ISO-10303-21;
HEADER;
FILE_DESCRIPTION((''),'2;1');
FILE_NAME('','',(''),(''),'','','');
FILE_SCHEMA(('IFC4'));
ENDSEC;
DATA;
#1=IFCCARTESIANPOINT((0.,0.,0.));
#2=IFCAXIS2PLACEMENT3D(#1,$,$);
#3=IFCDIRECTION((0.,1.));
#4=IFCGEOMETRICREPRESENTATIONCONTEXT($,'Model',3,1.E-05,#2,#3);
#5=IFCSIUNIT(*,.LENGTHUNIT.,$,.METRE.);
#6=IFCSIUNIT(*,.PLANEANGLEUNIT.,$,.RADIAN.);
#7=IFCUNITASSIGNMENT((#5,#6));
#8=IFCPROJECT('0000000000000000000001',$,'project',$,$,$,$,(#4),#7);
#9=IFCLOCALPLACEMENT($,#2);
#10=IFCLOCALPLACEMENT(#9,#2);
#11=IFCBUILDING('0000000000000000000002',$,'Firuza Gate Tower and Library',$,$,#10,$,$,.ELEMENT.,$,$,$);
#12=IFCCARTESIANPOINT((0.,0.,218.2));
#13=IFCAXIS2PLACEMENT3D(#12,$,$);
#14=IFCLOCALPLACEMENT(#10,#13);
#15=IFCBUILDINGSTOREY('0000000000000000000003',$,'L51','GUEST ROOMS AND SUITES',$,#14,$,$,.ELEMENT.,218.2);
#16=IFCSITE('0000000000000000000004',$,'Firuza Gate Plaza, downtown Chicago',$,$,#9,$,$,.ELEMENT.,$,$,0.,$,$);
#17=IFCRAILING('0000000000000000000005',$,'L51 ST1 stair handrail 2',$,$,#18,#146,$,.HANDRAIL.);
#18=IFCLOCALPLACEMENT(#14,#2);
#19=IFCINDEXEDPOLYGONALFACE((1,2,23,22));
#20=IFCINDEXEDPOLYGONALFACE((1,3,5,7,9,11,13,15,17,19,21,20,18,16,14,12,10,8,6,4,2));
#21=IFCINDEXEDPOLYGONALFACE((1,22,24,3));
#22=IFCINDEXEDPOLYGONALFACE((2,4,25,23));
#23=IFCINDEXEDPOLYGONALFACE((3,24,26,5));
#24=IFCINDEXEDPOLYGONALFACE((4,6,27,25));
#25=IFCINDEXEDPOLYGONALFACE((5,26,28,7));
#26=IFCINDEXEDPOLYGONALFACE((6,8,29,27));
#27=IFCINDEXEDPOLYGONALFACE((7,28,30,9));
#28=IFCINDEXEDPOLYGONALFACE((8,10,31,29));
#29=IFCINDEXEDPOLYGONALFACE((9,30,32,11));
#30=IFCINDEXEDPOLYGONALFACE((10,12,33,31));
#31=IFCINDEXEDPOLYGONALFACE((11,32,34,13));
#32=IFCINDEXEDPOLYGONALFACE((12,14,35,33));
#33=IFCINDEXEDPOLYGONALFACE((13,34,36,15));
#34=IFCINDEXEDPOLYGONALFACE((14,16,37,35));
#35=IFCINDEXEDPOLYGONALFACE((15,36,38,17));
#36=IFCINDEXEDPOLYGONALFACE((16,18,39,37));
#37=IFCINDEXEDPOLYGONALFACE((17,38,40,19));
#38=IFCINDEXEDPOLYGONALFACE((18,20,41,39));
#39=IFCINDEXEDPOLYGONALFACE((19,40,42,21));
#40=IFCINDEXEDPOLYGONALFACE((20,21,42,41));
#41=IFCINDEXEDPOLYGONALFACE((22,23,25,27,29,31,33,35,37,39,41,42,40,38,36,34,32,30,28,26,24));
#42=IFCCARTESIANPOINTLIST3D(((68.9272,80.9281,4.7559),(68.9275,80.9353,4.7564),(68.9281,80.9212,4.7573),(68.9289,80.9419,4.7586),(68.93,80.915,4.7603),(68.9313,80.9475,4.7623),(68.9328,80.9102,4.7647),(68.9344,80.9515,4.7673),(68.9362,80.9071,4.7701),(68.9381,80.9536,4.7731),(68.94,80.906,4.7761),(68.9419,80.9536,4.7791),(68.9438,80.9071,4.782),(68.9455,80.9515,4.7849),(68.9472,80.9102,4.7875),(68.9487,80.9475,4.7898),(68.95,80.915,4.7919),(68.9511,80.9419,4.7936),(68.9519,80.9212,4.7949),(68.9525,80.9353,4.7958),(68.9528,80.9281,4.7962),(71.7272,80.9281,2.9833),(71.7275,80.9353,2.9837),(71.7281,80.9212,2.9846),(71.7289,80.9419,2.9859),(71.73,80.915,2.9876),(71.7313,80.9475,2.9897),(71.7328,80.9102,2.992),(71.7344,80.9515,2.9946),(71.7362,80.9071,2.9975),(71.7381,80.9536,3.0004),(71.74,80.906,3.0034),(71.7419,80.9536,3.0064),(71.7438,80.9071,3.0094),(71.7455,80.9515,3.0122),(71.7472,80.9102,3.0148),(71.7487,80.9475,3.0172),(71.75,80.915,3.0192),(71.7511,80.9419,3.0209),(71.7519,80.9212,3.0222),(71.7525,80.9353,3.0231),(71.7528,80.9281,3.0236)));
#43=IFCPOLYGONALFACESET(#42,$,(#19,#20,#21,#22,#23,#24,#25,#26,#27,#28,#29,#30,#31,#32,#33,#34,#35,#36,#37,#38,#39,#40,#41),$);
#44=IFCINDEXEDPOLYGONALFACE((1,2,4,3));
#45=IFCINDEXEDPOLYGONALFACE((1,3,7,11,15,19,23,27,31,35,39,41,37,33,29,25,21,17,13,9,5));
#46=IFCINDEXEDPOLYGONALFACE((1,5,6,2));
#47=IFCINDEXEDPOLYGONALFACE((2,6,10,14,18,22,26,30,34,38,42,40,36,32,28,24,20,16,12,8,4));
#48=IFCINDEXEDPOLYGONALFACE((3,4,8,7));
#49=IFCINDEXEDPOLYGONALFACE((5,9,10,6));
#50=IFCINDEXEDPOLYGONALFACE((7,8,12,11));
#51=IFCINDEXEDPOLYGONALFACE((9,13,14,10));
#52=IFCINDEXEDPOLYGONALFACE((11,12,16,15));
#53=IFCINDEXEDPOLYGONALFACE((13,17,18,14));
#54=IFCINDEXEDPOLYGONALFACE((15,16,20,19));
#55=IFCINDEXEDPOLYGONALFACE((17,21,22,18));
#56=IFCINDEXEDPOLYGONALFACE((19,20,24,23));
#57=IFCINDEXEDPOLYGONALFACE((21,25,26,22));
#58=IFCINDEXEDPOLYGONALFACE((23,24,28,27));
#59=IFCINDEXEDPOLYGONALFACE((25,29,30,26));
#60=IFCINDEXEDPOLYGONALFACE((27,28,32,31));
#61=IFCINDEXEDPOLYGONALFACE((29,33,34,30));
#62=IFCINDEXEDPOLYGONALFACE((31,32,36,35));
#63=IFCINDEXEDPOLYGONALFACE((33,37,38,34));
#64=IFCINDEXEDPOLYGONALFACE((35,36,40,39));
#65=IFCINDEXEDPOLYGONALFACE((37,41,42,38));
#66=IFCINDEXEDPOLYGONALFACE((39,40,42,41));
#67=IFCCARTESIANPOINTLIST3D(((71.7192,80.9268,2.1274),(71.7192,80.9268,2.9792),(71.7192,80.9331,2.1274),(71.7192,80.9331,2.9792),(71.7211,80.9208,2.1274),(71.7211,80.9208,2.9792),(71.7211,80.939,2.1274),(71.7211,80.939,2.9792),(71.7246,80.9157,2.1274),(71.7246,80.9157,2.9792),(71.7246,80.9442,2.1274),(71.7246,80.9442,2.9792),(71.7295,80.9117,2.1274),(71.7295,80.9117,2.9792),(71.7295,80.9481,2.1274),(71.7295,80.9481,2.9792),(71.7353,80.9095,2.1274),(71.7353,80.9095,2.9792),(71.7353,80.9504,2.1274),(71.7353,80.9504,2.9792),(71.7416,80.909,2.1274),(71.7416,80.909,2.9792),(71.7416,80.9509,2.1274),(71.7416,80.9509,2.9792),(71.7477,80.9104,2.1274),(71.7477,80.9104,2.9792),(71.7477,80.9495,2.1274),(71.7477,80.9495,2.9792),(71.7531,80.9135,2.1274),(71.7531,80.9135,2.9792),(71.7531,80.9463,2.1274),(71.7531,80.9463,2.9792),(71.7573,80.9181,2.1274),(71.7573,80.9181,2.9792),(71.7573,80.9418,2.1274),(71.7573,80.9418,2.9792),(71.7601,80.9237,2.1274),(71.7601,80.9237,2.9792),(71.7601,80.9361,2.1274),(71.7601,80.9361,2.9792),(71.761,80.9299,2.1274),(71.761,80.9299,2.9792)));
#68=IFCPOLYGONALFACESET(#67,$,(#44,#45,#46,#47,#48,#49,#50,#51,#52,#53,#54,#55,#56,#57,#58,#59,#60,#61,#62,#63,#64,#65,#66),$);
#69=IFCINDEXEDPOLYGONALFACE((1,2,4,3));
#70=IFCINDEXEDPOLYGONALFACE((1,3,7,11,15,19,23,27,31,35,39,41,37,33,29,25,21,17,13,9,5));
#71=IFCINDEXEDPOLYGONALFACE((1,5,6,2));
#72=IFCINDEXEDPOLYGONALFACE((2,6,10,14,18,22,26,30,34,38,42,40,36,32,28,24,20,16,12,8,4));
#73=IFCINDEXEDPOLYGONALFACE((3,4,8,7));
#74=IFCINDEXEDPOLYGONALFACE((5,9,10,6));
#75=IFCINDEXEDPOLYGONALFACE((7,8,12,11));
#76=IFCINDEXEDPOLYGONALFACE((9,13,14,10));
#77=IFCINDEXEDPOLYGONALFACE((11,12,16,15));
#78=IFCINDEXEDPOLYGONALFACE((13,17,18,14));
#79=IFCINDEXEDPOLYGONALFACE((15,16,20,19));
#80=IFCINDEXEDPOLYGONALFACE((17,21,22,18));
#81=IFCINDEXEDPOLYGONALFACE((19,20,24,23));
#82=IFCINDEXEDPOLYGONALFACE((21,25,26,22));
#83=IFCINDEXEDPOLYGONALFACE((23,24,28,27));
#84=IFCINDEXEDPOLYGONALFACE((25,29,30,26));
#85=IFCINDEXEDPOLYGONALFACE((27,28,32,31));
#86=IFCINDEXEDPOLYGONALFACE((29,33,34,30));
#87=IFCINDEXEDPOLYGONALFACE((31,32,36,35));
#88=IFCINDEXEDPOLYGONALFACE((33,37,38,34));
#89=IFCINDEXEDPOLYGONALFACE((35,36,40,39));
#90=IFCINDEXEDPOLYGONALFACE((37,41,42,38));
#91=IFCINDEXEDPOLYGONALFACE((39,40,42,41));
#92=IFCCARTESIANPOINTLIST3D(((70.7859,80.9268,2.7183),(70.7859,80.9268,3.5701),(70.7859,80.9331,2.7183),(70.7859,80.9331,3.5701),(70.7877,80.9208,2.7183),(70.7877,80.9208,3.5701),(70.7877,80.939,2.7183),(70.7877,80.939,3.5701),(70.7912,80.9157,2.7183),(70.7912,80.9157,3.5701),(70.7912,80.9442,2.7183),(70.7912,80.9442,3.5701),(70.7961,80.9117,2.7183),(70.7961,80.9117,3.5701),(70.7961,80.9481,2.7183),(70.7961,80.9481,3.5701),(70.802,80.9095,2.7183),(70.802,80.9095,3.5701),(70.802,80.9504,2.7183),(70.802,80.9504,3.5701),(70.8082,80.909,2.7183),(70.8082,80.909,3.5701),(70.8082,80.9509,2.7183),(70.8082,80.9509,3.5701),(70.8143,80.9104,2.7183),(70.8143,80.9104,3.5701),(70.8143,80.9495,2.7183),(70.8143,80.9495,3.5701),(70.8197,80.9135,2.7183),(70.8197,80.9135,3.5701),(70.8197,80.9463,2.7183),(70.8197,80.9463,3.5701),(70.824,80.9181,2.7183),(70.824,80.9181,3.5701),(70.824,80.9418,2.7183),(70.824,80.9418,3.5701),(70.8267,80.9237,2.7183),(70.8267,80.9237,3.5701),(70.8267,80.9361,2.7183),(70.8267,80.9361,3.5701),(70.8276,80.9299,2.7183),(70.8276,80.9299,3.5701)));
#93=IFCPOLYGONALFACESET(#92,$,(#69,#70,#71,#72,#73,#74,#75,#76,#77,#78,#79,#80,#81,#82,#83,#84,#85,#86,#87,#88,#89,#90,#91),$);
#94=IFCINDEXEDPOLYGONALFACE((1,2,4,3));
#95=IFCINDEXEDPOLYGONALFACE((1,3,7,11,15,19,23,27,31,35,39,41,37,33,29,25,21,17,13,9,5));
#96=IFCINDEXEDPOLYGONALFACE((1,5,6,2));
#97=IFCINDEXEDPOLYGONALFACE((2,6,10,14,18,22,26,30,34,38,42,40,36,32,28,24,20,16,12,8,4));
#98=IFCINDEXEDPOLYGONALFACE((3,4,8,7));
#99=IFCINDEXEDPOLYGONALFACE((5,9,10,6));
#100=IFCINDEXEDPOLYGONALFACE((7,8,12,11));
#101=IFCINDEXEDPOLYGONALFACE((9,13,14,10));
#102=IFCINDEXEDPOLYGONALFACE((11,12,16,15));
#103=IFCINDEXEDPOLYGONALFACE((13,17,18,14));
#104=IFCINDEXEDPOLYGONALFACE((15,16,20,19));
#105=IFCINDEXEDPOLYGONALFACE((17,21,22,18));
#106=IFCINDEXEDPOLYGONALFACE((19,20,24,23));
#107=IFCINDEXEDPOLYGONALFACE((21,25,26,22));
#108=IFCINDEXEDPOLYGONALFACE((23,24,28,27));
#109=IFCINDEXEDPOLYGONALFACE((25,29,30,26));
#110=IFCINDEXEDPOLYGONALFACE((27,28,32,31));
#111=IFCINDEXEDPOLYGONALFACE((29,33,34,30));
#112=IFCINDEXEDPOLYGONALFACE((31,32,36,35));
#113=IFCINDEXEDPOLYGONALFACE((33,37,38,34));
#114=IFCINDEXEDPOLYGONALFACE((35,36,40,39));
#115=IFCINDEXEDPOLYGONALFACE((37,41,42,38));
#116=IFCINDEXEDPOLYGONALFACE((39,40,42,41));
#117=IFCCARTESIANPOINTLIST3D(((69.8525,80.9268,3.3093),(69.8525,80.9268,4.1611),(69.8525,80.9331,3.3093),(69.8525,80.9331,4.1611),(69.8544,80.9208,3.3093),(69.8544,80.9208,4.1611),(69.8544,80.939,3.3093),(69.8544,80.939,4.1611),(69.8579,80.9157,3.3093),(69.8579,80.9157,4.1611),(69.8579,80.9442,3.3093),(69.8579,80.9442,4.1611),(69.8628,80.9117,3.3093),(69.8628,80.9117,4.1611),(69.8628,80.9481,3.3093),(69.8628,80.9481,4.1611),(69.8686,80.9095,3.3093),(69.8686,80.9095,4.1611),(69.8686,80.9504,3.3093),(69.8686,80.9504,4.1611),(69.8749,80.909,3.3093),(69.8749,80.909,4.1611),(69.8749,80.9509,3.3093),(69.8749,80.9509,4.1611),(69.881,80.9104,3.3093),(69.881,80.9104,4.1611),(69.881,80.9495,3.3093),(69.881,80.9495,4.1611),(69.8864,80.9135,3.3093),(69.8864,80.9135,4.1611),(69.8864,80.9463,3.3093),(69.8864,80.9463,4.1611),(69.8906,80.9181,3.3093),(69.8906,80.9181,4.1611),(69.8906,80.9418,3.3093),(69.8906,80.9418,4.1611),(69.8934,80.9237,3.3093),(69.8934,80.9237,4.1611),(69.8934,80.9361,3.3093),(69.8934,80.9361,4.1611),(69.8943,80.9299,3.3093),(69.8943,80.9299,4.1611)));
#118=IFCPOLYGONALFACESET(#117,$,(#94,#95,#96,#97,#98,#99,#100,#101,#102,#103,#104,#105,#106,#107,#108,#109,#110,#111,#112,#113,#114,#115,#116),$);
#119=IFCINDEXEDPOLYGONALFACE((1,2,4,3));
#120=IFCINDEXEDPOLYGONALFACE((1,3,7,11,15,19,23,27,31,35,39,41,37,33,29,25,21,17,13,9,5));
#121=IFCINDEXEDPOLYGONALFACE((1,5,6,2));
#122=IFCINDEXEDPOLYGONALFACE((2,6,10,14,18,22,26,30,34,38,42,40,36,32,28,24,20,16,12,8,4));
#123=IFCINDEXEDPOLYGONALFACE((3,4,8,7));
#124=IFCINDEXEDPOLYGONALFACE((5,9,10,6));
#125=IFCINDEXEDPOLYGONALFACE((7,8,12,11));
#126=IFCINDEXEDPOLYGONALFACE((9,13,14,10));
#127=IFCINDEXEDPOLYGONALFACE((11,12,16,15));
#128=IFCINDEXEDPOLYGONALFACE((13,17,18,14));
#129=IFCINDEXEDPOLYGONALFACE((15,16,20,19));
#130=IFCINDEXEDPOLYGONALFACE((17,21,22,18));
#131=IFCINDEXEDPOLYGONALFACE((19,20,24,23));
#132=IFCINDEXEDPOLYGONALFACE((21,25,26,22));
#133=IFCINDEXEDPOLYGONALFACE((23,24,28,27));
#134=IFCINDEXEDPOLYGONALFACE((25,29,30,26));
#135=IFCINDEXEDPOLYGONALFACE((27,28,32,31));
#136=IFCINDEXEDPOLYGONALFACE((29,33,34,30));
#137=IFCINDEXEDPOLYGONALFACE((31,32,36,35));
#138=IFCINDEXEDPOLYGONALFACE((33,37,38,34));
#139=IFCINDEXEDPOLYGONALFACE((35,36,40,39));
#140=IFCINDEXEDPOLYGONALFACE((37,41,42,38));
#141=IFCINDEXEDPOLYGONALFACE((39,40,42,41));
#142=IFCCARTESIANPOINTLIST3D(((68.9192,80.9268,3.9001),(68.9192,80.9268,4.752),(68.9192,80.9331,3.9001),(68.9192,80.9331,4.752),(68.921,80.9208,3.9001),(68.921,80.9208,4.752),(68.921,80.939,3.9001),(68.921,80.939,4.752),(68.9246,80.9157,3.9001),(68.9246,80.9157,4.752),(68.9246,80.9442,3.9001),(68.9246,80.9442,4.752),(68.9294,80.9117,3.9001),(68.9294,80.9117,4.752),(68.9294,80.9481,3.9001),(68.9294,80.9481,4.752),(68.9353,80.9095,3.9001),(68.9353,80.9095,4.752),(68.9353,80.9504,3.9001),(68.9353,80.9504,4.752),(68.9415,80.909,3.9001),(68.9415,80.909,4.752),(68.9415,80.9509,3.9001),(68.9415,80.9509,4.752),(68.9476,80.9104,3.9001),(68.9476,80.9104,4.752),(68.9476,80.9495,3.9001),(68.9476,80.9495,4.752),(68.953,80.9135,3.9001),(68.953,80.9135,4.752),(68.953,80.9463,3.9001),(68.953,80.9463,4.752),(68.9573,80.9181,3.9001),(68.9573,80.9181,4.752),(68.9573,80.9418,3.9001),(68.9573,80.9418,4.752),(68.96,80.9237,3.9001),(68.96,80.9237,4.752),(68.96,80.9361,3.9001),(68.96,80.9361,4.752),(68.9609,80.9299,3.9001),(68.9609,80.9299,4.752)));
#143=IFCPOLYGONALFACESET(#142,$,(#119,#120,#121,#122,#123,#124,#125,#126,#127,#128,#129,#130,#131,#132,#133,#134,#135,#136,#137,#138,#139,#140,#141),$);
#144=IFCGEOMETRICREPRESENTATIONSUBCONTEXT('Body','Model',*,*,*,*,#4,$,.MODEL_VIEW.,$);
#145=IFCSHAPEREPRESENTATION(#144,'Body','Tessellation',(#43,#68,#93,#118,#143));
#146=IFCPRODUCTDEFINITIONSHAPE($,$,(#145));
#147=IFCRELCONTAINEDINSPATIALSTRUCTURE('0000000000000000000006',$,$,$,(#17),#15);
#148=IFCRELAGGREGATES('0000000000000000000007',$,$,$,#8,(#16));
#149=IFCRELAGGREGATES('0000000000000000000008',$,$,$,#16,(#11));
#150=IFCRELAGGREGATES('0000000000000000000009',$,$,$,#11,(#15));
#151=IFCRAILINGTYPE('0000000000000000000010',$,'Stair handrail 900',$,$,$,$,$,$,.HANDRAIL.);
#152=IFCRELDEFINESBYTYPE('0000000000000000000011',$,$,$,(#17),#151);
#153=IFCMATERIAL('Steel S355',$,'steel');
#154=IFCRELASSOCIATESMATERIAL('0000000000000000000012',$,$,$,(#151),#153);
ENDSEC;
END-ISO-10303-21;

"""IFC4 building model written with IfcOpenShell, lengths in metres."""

from ifc_helpers import new_model, si_unit, direction, frame, origin, origin_2d, place, context, subcontext, project, spatial, circle, extrude, material, type_object, element, save


model = new_model("IFC4")

# Units and contexts
model_context = context("Model", 3, precision=1e-05, world=origin(), true_north=direction((0.0, 1.0)))
body_context = subcontext(model_context, "Body", "Model", "MODEL_VIEW")
ifc_project = project(units=[si_unit("LENGTHUNIT", "METRE"), si_unit("PLANEANGLEUNIT", "RADIAN")], contexts=[model_context])

# Site, building, storey
site_placement = place(None, origin())
site = spatial("IfcSite", under=ifc_project, at=site_placement, Name="Firuza Gate Plaza, downtown Chicago", CompositionType="ELEMENT", RefElevation=0.0)
building_placement = place(site_placement, origin())
building = spatial("IfcBuilding", under=site, at=building_placement, Name="Firuza Gate Tower and Library", CompositionType="ELEMENT")
storey_placement = place(building_placement, frame((0.0, 0.0, 218.2)))
storey = spatial("IfcBuildingStorey", under=building, at=storey_placement, Name="L51", Description="GUEST ROOMS AND SUITES", CompositionType="ELEMENT", Elevation=218.2)

# Railing
ifc_material_1 = material(Name="Steel S355", Category="steel")
railing_type_1 = type_object("IfcRailingType", Name="Stair handrail 900", PredefinedType="HANDRAIL", material=ifc_material_1)
railing_1_placement = place(storey_placement, frame((71.74, 80.9299, 2.1274)))
element("IfcRailing", 1, at=railing_1_placement, inside=storey, type_object=railing_type_1, Name="L51 ST1 stair handrail 2", PredefinedType="HANDRAIL", context=body_context, shape_type="SweptSolid", body=[
    extrude(circle(Radius=0.0239, at=origin_2d()), frame((0.0, 0.0, 0.876), z_axis=(-0.844909, 0.0, 0.53491), x_axis=(0.0, -1.0, 0.0)), (0.0, 0.0, 1.0), 3.314),
    extrude(circle(Radius=0.021, at=origin_2d()), origin(), (0.0, 0.0, 1.0), 0.8518),
    extrude(circle(Radius=0.021, at=origin_2d()), frame((-0.9333, 0.0, 0.5908)), (0.0, 0.0, 1.0), 0.8518),
    extrude(circle(Radius=0.021, at=origin_2d()), frame((-1.8667, 0.0, 1.1819)), (0.0, 0.0, 1.0), 0.8518),
    extrude(circle(Radius=0.021, at=origin_2d()), frame((-2.8, 0.0, 1.7727)), (0.0, 0.0, 1.0), 0.8518),
])

save(model, "model.ifc")
